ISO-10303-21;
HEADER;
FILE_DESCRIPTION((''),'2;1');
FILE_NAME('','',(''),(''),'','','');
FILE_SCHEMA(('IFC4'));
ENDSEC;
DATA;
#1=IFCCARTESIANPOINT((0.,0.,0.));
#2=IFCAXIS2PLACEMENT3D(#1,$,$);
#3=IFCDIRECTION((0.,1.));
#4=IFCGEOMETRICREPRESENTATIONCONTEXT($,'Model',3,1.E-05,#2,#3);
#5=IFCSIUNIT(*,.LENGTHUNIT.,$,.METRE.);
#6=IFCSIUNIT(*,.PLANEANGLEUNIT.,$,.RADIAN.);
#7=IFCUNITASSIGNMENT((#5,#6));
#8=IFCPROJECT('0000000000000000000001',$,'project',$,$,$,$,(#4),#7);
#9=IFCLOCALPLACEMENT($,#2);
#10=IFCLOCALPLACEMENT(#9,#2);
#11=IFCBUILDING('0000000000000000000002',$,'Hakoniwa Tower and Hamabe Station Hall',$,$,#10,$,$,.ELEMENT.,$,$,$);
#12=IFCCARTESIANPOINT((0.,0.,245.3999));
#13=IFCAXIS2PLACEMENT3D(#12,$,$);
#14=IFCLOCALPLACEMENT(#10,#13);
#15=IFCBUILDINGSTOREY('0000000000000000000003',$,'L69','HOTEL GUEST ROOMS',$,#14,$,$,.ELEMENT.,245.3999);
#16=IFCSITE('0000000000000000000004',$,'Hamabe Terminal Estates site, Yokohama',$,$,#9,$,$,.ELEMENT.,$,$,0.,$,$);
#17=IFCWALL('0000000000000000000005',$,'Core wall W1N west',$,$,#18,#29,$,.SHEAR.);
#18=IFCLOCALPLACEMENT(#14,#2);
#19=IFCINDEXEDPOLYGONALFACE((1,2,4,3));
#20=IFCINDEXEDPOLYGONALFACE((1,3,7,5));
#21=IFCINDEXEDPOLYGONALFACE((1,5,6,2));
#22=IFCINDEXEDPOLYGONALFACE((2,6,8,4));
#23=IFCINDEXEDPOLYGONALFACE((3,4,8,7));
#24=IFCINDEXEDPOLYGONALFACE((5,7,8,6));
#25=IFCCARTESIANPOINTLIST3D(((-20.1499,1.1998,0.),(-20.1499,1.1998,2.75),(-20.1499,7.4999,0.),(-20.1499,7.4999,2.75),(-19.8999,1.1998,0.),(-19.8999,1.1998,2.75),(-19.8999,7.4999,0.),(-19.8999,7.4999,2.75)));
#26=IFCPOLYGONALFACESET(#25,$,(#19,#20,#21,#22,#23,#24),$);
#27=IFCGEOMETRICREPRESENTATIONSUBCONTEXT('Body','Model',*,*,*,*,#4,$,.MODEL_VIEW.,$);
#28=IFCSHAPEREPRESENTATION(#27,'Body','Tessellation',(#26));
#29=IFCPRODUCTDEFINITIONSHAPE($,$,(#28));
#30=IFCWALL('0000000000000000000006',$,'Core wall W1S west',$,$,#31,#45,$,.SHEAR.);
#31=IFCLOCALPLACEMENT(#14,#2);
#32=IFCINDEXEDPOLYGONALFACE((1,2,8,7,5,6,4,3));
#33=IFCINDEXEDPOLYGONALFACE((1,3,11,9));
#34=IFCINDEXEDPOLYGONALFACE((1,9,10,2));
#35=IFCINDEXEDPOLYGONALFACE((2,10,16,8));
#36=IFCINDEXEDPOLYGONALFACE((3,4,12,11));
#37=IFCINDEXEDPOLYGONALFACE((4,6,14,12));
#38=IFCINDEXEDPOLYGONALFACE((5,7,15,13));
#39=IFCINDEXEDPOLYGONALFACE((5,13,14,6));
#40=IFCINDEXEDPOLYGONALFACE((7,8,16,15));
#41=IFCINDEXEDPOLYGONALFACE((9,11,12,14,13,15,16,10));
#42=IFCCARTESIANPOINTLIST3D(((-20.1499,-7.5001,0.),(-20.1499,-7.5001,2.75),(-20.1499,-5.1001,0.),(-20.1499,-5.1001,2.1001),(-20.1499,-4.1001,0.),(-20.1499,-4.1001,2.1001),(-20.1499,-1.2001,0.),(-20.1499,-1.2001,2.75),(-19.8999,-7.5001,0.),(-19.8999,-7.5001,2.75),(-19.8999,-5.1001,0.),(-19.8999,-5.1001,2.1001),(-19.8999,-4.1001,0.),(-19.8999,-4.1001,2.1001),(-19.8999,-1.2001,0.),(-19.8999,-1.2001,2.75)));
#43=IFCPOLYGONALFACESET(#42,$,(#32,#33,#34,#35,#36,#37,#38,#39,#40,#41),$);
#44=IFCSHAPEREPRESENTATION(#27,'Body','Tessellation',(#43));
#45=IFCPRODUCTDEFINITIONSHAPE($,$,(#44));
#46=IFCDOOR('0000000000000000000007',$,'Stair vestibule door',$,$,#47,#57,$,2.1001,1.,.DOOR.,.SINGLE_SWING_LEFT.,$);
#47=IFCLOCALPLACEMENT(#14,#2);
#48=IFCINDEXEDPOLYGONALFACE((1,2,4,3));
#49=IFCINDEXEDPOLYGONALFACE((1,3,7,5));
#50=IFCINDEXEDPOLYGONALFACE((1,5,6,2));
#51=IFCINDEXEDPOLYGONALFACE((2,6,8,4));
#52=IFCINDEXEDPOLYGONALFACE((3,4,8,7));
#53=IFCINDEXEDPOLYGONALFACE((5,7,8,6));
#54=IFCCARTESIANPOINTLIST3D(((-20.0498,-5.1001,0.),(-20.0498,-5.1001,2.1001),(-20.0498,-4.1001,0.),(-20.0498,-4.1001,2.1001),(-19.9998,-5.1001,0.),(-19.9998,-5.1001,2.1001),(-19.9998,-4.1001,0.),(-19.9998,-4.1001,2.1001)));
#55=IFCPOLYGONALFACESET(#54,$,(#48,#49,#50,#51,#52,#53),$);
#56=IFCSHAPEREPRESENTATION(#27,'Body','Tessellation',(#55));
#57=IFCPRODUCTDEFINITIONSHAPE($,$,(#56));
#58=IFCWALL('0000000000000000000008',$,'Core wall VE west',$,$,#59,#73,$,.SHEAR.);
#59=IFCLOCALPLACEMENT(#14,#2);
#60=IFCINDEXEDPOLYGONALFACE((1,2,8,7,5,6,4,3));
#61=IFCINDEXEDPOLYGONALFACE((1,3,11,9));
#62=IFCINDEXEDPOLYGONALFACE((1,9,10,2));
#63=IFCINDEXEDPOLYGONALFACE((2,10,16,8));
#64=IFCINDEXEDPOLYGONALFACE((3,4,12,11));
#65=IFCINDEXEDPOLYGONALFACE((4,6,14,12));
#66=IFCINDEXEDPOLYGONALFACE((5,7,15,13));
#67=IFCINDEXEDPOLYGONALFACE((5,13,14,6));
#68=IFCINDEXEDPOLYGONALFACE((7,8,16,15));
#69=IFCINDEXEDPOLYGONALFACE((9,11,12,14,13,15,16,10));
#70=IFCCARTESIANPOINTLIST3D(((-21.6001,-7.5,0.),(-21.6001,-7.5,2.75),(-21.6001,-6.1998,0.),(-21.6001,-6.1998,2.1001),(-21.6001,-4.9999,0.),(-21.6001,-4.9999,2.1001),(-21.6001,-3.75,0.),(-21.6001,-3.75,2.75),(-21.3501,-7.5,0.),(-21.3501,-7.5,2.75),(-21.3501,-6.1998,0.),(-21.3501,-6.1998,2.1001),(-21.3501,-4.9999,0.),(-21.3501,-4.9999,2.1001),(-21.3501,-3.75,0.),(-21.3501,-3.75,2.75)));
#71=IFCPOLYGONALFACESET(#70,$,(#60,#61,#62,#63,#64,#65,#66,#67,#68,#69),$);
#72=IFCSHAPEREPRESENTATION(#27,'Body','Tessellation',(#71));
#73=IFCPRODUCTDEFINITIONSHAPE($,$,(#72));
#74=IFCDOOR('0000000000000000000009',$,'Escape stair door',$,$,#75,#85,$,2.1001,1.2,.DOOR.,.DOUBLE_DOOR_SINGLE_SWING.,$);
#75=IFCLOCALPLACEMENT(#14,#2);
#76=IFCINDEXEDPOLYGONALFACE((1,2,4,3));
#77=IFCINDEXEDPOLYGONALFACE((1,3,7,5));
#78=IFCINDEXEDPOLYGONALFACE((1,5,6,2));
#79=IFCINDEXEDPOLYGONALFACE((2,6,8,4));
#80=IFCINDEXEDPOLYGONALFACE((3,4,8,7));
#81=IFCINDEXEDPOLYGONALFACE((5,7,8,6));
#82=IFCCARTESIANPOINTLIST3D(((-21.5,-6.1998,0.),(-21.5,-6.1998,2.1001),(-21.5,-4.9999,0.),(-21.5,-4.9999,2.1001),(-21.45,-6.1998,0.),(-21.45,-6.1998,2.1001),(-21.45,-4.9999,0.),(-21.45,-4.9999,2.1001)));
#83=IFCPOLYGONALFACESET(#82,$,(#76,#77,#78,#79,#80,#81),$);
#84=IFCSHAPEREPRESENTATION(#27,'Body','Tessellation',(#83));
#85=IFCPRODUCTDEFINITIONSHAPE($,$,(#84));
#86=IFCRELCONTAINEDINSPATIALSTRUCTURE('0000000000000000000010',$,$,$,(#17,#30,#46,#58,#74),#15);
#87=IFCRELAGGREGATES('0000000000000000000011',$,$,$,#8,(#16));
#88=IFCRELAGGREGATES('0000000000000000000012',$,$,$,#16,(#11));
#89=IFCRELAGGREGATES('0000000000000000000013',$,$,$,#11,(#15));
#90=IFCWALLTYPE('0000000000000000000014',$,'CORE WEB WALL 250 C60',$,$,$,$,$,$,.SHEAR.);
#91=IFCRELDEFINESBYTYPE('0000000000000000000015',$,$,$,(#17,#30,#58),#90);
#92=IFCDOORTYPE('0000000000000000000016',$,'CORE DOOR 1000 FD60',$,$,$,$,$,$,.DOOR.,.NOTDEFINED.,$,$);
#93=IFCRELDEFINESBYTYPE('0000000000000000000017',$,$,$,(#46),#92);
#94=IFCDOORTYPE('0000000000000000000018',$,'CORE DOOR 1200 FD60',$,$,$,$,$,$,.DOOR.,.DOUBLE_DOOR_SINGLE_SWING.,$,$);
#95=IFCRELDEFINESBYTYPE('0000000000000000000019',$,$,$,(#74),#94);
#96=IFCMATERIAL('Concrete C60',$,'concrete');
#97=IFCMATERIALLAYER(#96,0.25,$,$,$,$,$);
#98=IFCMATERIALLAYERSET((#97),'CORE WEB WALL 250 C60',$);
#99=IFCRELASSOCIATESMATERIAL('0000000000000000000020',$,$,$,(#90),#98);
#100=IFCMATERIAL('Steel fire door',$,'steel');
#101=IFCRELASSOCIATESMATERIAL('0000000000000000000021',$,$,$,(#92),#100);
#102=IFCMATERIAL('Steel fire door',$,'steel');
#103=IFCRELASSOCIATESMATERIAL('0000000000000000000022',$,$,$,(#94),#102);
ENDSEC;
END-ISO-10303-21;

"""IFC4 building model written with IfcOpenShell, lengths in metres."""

from ifc_helpers import new_model, si_unit, direction, frame, frame_2d, origin, place, context, subcontext, project, spatial, rectangle, extrude, material, layer, layer_set, type_object, element, fill, save


model = new_model("IFC4")

# Units and contexts
model_context = context("Model", 3, precision=1e-05, world=origin(), true_north=direction((0.0, 1.0)))
body_context = subcontext(model_context, "Body", "Model", "MODEL_VIEW")
ifc_project = project(units=[si_unit("LENGTHUNIT", "METRE"), si_unit("PLANEANGLEUNIT", "RADIAN")], contexts=[model_context])

# Site, building, storey
site_placement = place(None, origin())
site = spatial("IfcSite", under=ifc_project, at=site_placement, Name="Hamabe Terminal Estates site, Yokohama", CompositionType="ELEMENT", RefElevation=0.0)
building_placement = place(site_placement, origin())
building = spatial("IfcBuilding", under=site, at=building_placement, Name="Hakoniwa Tower and Hamabe Station Hall", CompositionType="ELEMENT")
storey_placement = place(building_placement, frame((0.0, 0.0, 245.3999)))
storey = spatial("IfcBuildingStorey", under=building, at=storey_placement, Name="L69", Description="HOTEL GUEST ROOMS", CompositionType="ELEMENT", Elevation=245.3999)

# Wall
ifc_material_1 = material(Name="Concrete C60", Category="concrete")
ifc_layer_1 = layer(ifc_material_1, 0.25)
ifc_layer_set_1 = layer_set([ifc_layer_1], Name="CORE WEB WALL 250 C60")
wall_type_1 = type_object("IfcWallType", Name="CORE WEB WALL 250 C60", PredefinedType="SHEAR", material=ifc_layer_set_1)
wall_1_placement = place(storey_placement, frame((-20.0249, 1.2, 0.0), z_axis=(0.0, 0.0, 1.0), x_axis=(0.0, 1.0, 0.0)))
element("IfcWall", 1, at=wall_1_placement, inside=storey, type_object=wall_type_1, Name="Core wall W1N west", PredefinedType="SHEAR", context=body_context, shape_type="SweptSolid", body=[
    extrude(rectangle(XDim=6.3, YDim=0.25, at=frame_2d((3.1499, 0.0))), origin(), (0.0, 0.0, 1.0), 2.75),
])

# Walls, openings, doors
wall_2_placement = place(storey_placement, frame((-20.0249, -7.5, 0.0), z_axis=(0.0, 0.0, 1.0), x_axis=(0.0, 1.0, 0.0)))
wall_2 = element("IfcWall", 2, at=wall_2_placement, inside=storey, type_object=wall_type_1, Name="Core wall W1S west", PredefinedType="SHEAR", context=body_context, shape_type="SweptSolid", body=[
    extrude(rectangle(XDim=6.3, YDim=0.25, at=frame_2d((3.1499, 0.0))), origin(), (0.0, 0.0, 1.0), 2.75),
])
opening_1_placement = place(wall_2_placement, frame((2.3999, 0.0, 0.0)))
opening_1 = element("IfcOpeningElement", 3, at=opening_1_placement, cuts=wall_2, PredefinedType="OPENING", context=body_context, shape_type="SweptSolid", body=[
    extrude(rectangle(XDim=1.0, YDim=2.1001, at=frame_2d((0.5, 1.05))), frame((0.0, 0.135, 0.0), z_axis=(0.0, -1.0, 0.0), x_axis=(1.0, 0.0, 0.0)), (0.0, 0.0, 1.0), 0.27),
])
ifc_material_2 = material(Name="Steel fire door", Category="steel")
door_type_1 = type_object("IfcDoorType", Name="CORE DOOR 1000 FD60", OperationType="NOTDEFINED", PredefinedType="DOOR", material=ifc_material_2)
door_1_placement = place(opening_1_placement, origin())
door_1 = element("IfcDoor", 4, at=door_1_placement, inside=storey, type_object=door_type_1, Name="Stair vestibule door", OperationType="SINGLE_SWING_LEFT", OverallHeight=2.1001, OverallWidth=1.0, PredefinedType="DOOR", context=body_context, shape_type="SweptSolid", body=[
    extrude(rectangle(XDim=1.0, YDim=2.1001, at=frame_2d((0.5, 1.05))), frame((0.0, 0.0249, 0.0), z_axis=(0.0, -1.0, 0.0), x_axis=(1.0, 0.0, 0.0)), (0.0, 0.0, 1.0), 0.05),
])
fill(opening_1, door_1)
wall_3_placement = place(storey_placement, frame((-21.4751, -7.5, 0.0), z_axis=(0.0, 0.0, 1.0), x_axis=(0.0, 1.0, 0.0)))
wall_3 = element("IfcWall", 5, at=wall_3_placement, inside=storey, type_object=wall_type_1, Name="Core wall VE west", PredefinedType="SHEAR", context=body_context, shape_type="SweptSolid", body=[
    extrude(rectangle(XDim=3.75, YDim=0.25, at=frame_2d((1.875, 0.0))), origin(), (0.0, 0.0, 1.0), 2.75),
])
opening_2_placement = place(wall_3_placement, frame((1.3, 0.0, 0.0)))
opening_2 = element("IfcOpeningElement", 6, at=opening_2_placement, cuts=wall_3, PredefinedType="OPENING", context=body_context, shape_type="SweptSolid", body=[
    extrude(rectangle(XDim=1.2, YDim=2.1001, at=frame_2d((0.6001, 1.05))), frame((0.0, 0.135, 0.0), z_axis=(0.0, -1.0, 0.0), x_axis=(1.0, 0.0, 0.0)), (0.0, 0.0, 1.0), 0.27),
])
ifc_material_3 = material(Name="Steel fire door", Category="steel")
door_type_2 = type_object("IfcDoorType", Name="CORE DOOR 1200 FD60", OperationType="DOUBLE_DOOR_SINGLE_SWING", PredefinedType="DOOR", material=ifc_material_3)
door_2_placement = place(opening_2_placement, origin())
door_2 = element("IfcDoor", 7, at=door_2_placement, inside=storey, type_object=door_type_2, Name="Escape stair door", OperationType="DOUBLE_DOOR_SINGLE_SWING", OverallHeight=2.1001, OverallWidth=1.2, PredefinedType="DOOR", context=body_context, shape_type="SweptSolid", body=[
    extrude(rectangle(XDim=1.2, YDim=2.1001, at=frame_2d((0.6001, 1.05))), frame((0.0, 0.0249, 0.0), z_axis=(0.0, -1.0, 0.0), x_axis=(1.0, 0.0, 0.0)), (0.0, 0.0, 1.0), 0.05),
])
fill(opening_2, door_2)

save(model, "model.ifc")
